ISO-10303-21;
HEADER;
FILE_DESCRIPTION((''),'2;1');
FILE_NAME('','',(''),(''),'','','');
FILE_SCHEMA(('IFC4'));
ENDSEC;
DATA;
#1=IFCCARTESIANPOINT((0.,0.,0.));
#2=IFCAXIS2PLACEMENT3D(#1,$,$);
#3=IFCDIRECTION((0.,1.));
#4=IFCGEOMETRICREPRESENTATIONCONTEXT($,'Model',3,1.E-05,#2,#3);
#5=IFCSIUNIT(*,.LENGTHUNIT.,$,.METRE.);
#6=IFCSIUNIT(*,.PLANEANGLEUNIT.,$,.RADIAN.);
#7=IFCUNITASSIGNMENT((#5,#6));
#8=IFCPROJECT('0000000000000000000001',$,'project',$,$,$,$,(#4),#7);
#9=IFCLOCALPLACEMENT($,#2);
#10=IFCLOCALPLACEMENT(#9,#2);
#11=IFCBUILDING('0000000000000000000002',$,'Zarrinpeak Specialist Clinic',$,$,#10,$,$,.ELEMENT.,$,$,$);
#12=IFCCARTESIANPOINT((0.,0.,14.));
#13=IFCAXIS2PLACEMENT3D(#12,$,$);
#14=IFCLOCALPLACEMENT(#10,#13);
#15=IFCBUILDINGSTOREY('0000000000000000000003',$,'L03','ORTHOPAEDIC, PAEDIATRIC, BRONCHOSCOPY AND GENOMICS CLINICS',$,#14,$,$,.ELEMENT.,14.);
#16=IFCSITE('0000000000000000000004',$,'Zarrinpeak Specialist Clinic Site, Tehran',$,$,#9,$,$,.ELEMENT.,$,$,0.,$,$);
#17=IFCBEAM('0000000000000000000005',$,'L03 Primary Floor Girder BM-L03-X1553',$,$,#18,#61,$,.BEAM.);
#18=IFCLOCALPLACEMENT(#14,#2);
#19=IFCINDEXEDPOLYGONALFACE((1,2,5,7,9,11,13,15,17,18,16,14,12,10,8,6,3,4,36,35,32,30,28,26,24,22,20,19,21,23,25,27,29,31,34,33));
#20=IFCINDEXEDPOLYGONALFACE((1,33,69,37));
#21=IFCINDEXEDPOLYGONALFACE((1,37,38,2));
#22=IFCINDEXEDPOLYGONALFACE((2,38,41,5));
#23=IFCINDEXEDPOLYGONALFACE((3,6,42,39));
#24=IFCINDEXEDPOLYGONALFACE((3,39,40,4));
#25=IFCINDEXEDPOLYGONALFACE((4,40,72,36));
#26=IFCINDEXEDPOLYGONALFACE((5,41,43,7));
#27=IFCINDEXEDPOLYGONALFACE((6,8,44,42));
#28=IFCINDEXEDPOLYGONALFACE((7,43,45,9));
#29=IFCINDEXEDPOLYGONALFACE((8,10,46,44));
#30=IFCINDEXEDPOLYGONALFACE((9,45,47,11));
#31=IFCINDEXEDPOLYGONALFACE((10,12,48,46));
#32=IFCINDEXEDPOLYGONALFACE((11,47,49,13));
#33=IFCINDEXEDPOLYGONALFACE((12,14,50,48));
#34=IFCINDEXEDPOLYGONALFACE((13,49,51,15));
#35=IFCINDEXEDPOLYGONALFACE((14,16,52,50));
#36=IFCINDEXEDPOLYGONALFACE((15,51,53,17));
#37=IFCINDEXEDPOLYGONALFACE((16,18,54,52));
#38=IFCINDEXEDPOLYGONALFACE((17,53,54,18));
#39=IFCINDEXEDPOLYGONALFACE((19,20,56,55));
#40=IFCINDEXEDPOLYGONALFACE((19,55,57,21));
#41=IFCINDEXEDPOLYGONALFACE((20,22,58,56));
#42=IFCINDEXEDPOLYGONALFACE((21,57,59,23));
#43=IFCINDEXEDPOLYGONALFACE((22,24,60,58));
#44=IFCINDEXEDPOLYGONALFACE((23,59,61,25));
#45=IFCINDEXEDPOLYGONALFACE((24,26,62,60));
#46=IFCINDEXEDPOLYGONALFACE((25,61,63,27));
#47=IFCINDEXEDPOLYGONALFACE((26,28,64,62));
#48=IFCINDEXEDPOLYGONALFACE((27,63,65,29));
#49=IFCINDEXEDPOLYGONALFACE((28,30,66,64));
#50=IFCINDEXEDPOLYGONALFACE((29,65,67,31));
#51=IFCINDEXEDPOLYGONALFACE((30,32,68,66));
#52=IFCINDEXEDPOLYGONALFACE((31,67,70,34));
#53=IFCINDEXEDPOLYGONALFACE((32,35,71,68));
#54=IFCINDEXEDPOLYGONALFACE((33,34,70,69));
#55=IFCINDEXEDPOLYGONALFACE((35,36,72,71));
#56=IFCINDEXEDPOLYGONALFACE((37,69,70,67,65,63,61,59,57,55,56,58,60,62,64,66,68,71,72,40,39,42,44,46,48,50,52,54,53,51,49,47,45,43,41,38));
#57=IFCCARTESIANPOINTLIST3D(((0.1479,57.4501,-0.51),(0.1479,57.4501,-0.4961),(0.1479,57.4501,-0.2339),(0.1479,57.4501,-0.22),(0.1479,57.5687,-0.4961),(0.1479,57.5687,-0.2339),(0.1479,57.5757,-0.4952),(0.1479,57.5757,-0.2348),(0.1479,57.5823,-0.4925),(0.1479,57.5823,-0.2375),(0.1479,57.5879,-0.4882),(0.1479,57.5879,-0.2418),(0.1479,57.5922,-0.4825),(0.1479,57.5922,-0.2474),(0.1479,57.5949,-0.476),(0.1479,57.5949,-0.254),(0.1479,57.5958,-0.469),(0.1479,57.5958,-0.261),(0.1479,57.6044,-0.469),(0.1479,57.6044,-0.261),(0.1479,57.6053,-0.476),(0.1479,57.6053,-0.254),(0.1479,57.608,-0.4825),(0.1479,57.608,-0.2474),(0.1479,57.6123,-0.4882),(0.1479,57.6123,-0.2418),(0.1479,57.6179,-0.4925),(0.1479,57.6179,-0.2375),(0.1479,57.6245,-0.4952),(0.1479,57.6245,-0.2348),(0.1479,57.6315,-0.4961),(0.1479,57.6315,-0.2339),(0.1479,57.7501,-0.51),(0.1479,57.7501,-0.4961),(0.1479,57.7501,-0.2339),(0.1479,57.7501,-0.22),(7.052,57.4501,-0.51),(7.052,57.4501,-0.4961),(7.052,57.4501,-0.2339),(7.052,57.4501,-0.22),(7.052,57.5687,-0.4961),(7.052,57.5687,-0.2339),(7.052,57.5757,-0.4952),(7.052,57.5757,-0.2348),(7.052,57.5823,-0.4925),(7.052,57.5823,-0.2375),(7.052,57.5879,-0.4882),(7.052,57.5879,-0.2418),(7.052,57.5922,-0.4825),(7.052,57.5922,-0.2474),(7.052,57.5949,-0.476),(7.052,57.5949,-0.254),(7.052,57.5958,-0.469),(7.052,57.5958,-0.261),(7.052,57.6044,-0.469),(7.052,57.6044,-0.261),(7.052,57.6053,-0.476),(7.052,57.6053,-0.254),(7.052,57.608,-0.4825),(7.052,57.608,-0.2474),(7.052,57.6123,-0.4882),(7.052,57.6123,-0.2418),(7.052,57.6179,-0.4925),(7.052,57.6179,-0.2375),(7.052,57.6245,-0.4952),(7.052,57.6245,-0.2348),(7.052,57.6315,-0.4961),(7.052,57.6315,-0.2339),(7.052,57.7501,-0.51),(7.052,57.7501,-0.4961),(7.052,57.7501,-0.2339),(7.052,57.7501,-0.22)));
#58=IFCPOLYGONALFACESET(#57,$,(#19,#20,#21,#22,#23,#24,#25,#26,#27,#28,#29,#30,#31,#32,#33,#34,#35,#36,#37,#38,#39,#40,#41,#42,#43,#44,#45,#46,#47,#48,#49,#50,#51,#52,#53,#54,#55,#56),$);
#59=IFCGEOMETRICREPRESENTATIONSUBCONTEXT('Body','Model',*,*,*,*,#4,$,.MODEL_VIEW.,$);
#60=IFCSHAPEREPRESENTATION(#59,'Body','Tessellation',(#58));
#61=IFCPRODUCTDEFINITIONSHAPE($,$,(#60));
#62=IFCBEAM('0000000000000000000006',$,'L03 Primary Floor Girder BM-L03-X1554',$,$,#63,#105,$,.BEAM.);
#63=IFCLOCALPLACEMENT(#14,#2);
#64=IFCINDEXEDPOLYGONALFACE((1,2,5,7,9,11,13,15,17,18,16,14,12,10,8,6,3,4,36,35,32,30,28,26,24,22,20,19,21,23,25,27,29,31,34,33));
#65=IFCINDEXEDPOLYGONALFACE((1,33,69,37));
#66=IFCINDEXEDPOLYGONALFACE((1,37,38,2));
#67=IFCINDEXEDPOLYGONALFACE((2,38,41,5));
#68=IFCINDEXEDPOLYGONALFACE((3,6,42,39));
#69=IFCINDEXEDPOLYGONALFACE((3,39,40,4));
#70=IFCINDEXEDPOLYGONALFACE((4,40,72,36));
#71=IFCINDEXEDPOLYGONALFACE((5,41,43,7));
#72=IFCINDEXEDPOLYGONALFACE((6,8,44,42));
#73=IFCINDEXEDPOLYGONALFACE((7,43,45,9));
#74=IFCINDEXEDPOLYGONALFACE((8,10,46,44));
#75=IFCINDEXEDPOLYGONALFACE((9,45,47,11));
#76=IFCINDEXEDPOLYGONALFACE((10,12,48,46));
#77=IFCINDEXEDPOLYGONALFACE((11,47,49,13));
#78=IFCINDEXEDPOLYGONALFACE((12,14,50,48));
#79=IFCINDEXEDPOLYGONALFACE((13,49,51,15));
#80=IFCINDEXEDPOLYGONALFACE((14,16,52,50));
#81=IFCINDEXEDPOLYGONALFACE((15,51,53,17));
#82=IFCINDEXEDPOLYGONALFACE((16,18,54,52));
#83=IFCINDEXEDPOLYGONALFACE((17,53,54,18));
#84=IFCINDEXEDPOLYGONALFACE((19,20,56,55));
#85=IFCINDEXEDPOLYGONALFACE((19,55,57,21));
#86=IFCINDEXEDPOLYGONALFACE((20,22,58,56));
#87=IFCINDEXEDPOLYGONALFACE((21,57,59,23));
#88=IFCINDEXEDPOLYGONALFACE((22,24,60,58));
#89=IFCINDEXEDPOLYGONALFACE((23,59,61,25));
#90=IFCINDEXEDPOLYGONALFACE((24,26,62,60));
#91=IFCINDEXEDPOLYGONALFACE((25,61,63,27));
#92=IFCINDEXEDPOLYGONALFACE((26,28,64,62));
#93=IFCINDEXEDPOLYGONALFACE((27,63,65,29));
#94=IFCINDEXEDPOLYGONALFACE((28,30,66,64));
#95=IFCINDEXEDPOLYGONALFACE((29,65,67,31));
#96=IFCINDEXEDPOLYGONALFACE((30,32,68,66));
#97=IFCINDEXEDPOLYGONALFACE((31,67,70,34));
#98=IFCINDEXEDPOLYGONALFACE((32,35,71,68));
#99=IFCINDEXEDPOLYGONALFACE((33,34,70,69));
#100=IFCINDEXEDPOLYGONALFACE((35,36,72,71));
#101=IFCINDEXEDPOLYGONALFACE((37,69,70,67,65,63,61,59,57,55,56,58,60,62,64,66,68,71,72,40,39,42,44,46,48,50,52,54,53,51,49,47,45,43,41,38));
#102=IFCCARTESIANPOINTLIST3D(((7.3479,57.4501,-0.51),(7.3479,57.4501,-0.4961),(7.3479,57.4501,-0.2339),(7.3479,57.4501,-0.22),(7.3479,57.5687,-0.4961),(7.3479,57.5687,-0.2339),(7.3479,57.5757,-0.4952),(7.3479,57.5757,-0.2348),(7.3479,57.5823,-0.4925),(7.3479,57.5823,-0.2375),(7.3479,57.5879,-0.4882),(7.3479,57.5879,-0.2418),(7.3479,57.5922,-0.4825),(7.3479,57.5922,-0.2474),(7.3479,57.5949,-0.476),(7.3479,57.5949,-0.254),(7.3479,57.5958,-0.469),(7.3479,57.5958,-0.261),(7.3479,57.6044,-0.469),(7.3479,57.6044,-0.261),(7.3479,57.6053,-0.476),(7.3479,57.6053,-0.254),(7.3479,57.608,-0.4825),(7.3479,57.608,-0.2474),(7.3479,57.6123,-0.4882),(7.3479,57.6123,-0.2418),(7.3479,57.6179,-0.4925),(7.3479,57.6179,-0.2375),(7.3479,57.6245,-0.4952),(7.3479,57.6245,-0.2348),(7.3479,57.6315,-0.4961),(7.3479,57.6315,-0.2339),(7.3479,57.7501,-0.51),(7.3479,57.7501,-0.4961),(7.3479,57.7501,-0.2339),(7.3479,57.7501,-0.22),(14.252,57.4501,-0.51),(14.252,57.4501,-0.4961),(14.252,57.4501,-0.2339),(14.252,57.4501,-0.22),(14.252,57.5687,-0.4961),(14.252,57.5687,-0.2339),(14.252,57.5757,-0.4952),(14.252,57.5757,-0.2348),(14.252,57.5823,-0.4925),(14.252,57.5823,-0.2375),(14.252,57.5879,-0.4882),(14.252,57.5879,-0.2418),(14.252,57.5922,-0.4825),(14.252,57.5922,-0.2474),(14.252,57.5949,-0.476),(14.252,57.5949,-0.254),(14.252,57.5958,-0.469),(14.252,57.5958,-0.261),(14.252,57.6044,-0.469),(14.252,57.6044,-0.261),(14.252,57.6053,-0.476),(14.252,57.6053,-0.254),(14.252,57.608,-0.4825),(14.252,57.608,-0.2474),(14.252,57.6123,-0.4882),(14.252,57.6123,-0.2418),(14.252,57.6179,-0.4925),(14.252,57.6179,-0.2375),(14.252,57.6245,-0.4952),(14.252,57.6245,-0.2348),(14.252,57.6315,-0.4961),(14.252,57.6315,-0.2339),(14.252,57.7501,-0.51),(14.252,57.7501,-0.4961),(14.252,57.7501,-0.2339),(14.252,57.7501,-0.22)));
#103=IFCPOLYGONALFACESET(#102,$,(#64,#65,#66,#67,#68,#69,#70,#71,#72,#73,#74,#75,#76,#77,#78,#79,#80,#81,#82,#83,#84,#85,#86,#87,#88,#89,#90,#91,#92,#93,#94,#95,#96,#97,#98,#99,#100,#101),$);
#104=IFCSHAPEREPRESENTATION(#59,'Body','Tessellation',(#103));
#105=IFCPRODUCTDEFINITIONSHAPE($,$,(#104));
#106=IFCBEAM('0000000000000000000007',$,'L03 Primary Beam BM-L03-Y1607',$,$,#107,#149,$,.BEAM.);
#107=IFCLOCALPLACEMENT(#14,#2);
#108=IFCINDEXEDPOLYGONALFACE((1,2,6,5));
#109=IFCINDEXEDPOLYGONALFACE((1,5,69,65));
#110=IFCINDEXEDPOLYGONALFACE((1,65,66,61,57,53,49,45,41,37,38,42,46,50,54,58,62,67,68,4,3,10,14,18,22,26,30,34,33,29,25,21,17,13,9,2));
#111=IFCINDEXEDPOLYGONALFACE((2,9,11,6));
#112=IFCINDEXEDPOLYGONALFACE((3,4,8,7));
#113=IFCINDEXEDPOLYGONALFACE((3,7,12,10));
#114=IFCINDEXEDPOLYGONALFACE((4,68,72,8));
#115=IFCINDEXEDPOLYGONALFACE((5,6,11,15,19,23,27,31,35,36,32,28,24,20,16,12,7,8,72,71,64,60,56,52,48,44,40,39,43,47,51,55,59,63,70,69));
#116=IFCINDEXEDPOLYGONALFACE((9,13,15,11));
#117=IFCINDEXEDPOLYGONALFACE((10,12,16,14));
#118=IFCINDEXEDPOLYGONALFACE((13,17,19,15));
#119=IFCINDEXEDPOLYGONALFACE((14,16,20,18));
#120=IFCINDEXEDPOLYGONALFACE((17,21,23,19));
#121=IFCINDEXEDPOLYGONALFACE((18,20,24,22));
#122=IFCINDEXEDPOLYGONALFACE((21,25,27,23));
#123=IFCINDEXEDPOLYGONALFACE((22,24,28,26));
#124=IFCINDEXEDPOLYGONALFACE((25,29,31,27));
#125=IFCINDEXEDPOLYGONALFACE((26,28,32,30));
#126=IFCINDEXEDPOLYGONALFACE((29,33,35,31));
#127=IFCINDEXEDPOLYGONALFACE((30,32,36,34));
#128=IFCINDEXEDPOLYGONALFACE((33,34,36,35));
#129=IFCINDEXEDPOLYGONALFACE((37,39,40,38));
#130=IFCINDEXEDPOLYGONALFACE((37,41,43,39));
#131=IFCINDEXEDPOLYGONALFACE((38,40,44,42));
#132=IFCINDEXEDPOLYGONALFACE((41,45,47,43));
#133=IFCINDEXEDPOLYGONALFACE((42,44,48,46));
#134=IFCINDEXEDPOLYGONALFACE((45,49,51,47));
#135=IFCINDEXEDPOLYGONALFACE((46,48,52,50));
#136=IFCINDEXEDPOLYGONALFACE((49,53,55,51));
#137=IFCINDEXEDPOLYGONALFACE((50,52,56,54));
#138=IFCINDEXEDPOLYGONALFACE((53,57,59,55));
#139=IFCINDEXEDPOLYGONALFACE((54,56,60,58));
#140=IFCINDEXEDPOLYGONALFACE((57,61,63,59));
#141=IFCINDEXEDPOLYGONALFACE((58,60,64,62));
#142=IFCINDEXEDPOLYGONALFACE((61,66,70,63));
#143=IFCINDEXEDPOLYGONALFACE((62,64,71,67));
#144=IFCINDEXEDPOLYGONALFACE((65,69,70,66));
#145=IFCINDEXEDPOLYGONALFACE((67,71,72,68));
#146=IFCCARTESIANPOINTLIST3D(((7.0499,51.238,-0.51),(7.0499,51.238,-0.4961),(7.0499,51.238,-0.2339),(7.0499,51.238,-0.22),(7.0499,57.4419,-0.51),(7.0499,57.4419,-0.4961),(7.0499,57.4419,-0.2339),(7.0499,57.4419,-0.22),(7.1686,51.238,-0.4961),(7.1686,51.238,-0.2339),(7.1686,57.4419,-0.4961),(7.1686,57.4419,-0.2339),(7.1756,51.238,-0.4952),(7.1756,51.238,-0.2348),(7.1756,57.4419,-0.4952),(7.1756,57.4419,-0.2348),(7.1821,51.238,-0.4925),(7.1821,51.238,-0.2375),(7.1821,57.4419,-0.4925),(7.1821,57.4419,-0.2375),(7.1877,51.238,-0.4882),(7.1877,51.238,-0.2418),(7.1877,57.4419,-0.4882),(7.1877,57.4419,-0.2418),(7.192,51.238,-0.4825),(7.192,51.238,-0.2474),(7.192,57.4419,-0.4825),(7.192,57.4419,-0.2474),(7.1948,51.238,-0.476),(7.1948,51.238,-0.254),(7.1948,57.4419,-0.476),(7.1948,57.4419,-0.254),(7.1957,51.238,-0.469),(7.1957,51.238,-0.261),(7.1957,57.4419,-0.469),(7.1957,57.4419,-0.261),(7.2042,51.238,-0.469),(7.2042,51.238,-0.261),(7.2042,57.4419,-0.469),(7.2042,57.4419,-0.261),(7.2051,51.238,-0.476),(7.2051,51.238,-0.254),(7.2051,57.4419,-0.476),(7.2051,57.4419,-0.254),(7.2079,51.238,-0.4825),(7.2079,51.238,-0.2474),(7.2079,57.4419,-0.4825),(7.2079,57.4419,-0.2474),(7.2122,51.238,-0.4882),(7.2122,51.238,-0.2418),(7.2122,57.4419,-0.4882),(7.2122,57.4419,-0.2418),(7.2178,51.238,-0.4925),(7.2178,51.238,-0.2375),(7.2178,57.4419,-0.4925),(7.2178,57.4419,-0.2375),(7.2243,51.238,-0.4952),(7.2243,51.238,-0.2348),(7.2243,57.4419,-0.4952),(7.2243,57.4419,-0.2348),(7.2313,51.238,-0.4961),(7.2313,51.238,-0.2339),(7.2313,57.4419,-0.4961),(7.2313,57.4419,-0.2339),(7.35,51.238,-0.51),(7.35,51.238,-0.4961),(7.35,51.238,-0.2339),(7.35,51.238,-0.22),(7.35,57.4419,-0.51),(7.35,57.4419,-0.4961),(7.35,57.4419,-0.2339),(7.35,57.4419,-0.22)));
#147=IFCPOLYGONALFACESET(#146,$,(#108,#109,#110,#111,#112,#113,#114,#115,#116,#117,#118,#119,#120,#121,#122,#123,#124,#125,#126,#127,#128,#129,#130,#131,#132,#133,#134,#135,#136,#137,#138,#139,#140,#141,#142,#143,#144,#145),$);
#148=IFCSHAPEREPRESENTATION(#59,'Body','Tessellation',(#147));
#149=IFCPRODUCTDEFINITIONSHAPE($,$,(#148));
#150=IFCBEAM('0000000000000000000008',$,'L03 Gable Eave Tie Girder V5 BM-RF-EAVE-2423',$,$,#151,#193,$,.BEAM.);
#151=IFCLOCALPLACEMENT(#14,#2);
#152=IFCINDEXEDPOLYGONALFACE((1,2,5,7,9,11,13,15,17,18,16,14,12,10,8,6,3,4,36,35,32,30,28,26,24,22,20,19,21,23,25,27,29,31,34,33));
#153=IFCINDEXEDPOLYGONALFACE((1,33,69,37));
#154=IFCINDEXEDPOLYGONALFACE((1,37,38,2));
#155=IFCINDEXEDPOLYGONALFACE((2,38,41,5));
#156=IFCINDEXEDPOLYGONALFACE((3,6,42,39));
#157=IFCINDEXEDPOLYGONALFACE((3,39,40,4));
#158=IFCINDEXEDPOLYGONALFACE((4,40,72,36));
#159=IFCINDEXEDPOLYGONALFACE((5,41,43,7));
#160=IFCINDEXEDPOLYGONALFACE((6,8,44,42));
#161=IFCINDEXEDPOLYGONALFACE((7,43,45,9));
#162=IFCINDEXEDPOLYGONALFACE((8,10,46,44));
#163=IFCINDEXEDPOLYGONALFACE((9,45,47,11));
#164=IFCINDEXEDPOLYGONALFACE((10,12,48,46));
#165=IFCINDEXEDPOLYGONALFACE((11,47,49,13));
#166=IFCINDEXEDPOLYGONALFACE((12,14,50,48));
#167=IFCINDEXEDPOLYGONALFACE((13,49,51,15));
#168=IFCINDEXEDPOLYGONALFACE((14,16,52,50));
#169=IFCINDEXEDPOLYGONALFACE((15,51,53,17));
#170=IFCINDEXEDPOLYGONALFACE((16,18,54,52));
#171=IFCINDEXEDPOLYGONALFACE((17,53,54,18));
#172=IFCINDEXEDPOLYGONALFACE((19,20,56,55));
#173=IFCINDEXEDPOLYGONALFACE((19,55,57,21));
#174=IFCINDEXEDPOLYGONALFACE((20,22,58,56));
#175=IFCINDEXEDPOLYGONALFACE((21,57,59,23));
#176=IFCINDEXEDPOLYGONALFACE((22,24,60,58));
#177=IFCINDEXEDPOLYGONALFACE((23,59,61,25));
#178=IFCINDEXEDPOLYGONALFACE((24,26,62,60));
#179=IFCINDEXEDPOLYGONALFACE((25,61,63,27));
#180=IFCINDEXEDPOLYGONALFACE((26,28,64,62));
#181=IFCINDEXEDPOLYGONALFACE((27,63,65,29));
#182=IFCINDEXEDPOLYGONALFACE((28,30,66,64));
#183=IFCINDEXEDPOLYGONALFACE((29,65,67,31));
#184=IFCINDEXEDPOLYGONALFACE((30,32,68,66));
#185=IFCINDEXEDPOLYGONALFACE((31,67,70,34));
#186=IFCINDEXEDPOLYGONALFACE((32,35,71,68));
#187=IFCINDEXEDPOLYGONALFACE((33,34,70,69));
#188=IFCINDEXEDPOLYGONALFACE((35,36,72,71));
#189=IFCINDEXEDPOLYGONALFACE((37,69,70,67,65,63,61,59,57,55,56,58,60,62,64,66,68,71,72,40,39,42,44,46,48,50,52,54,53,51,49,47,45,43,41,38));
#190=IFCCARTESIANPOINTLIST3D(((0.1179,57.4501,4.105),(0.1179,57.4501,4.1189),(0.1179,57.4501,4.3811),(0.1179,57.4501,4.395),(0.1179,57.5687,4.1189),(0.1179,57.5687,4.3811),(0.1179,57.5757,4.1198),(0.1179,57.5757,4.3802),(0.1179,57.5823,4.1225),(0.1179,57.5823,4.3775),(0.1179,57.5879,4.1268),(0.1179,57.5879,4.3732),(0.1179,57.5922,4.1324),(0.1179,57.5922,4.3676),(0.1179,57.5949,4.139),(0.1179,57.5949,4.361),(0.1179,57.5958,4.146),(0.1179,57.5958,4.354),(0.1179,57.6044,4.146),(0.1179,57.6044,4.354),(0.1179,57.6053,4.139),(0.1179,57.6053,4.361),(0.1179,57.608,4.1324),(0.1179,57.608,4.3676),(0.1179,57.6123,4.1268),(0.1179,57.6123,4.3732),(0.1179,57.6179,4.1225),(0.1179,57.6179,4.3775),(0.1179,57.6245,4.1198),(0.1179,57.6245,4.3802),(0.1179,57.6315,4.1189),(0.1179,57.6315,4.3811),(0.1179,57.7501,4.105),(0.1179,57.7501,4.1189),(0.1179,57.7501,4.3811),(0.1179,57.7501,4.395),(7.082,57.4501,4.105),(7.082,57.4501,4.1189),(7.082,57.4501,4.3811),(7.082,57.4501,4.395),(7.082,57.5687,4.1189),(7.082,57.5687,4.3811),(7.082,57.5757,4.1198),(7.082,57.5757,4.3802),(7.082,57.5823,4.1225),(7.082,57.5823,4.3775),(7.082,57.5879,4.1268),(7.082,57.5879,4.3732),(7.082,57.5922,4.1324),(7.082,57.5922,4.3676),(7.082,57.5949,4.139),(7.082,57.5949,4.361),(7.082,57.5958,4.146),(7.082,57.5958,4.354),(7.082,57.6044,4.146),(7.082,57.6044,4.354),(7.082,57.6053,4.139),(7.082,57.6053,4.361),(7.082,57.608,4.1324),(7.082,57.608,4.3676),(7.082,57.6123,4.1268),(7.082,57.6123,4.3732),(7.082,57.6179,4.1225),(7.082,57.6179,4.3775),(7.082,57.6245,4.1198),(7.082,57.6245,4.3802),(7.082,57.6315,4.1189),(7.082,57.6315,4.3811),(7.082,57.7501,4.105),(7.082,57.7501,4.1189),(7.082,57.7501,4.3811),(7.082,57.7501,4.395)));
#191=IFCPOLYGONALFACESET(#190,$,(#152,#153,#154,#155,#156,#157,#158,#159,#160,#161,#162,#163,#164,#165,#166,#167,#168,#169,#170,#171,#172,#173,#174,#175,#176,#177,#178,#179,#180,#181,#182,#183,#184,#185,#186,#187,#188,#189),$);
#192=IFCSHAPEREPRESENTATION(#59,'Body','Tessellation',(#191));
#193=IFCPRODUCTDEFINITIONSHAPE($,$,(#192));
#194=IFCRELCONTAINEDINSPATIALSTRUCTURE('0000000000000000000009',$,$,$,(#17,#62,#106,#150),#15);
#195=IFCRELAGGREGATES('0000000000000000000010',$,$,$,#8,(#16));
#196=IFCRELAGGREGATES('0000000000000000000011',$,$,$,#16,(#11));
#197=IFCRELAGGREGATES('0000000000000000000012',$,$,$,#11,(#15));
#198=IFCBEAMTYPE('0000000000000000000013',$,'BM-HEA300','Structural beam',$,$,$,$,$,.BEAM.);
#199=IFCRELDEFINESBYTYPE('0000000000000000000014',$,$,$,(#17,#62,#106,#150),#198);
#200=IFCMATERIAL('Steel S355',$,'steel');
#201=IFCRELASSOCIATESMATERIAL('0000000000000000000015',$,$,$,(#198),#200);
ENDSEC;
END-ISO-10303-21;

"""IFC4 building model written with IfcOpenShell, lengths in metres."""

from ifc_helpers import new_model, si_unit, direction, frame, origin, origin_2d, place, context, subcontext, project, spatial, i_section, extrude, material, material_profile, profile_set, type_object, element, save


model = new_model("IFC4")

# Units and contexts
model_context = context("Model", 3, precision=1e-05, world=origin(), true_north=direction((0.0, 1.0)))
body_context = subcontext(model_context, "Body", "Model", "MODEL_VIEW")
ifc_project = project(units=[si_unit("LENGTHUNIT", "METRE"), si_unit("PLANEANGLEUNIT", "RADIAN")], contexts=[model_context])

# Site, building, storey
site_placement = place(None, origin())
site = spatial("IfcSite", under=ifc_project, at=site_placement, Name="Zarrinpeak Specialist Clinic Site, Tehran", CompositionType="ELEMENT", RefElevation=0.0)
building_placement = place(site_placement, origin())
building = spatial("IfcBuilding", under=site, at=building_placement, Name="Zarrinpeak Specialist Clinic", CompositionType="ELEMENT")
storey_placement = place(building_placement, frame((0.0, 0.0, 14.0)))
storey = spatial("IfcBuildingStorey", under=building, at=storey_placement, Name="L03", Description="ORTHOPAEDIC, PAEDIATRIC, BRONCHOSCOPY AND GENOMICS CLINICS", CompositionType="ELEMENT", Elevation=14.0)

# Shared definitions
ifc_material_1 = material(Name="Steel S355", Category="steel")

# Beams
ifc_material_profile_1 = material_profile(ifc_material_1, i_section(OverallWidth=0.3, OverallDepth=0.29, WebThickness=0.0085, FlangeThickness=0.0139, FilletRadius=0.0271, at=origin_2d()), Name="HEA 300")
ifc_profile_set_1 = profile_set([ifc_material_profile_1], Name="Steel S355")
beam_type_1 = type_object("IfcBeamType", Name="BM-HEA300", Description="Structural beam", PredefinedType="BEAM", material=ifc_profile_set_1)
for number, where, z_axis, x_axis, name in (
    (1, (0.1479, 57.6001, -0.365), (1.0, 0.0, 0.0), (0.0, 1.0, 0.0), "L03 Primary Floor Girder BM-L03-X1553"),
    (2, (7.3479, 57.6001, -0.365), (1.0, 0.0, 0.0), (0.0, 1.0, 0.0), "L03 Primary Floor Girder BM-L03-X1554"),
):
    element("IfcBeam", number, at=place(storey_placement, frame(where, z_axis=z_axis, x_axis=x_axis)), inside=storey, type_object=beam_type_1, Name=name, PredefinedType="BEAM", context=body_context, shape_type="SweptSolid", body=[
        extrude(i_section(OverallWidth=0.3, OverallDepth=0.29, WebThickness=0.0085, FlangeThickness=0.0139, FilletRadius=0.0271, at=origin_2d()), origin(), (0.0, 0.0, 1.0), 6.9041),
    ])
beam_1_placement = place(storey_placement, frame((7.2, 51.238, -0.365), z_axis=(0.0, 1.0, 0.0), x_axis=(-1.0, 0.0, 0.0)))
element("IfcBeam", 3, at=beam_1_placement, inside=storey, type_object=beam_type_1, Name="L03 Primary Beam BM-L03-Y1607", PredefinedType="BEAM", context=body_context, shape_type="SweptSolid", body=[
    extrude(i_section(OverallWidth=0.3, OverallDepth=0.29, WebThickness=0.0085, FlangeThickness=0.0139, FilletRadius=0.0271, at=origin_2d()), origin(), (0.0, 0.0, 1.0), 6.2039),
])
beam_2_placement = place(storey_placement, frame((0.1179, 57.6001, 4.25), z_axis=(1.0, 0.0, 0.0), x_axis=(0.0, 1.0, 0.0)))
element("IfcBeam", 4, at=beam_2_placement, inside=storey, type_object=beam_type_1, Name="L03 Gable Eave Tie Girder V5 BM-RF-EAVE-2423", PredefinedType="BEAM", context=body_context, shape_type="SweptSolid", body=[
    extrude(i_section(OverallWidth=0.3, OverallDepth=0.29, WebThickness=0.0085, FlangeThickness=0.0139, FilletRadius=0.0271, at=origin_2d()), origin(), (0.0, 0.0, 1.0), 6.9641),
])

save(model, "model.ifc")
